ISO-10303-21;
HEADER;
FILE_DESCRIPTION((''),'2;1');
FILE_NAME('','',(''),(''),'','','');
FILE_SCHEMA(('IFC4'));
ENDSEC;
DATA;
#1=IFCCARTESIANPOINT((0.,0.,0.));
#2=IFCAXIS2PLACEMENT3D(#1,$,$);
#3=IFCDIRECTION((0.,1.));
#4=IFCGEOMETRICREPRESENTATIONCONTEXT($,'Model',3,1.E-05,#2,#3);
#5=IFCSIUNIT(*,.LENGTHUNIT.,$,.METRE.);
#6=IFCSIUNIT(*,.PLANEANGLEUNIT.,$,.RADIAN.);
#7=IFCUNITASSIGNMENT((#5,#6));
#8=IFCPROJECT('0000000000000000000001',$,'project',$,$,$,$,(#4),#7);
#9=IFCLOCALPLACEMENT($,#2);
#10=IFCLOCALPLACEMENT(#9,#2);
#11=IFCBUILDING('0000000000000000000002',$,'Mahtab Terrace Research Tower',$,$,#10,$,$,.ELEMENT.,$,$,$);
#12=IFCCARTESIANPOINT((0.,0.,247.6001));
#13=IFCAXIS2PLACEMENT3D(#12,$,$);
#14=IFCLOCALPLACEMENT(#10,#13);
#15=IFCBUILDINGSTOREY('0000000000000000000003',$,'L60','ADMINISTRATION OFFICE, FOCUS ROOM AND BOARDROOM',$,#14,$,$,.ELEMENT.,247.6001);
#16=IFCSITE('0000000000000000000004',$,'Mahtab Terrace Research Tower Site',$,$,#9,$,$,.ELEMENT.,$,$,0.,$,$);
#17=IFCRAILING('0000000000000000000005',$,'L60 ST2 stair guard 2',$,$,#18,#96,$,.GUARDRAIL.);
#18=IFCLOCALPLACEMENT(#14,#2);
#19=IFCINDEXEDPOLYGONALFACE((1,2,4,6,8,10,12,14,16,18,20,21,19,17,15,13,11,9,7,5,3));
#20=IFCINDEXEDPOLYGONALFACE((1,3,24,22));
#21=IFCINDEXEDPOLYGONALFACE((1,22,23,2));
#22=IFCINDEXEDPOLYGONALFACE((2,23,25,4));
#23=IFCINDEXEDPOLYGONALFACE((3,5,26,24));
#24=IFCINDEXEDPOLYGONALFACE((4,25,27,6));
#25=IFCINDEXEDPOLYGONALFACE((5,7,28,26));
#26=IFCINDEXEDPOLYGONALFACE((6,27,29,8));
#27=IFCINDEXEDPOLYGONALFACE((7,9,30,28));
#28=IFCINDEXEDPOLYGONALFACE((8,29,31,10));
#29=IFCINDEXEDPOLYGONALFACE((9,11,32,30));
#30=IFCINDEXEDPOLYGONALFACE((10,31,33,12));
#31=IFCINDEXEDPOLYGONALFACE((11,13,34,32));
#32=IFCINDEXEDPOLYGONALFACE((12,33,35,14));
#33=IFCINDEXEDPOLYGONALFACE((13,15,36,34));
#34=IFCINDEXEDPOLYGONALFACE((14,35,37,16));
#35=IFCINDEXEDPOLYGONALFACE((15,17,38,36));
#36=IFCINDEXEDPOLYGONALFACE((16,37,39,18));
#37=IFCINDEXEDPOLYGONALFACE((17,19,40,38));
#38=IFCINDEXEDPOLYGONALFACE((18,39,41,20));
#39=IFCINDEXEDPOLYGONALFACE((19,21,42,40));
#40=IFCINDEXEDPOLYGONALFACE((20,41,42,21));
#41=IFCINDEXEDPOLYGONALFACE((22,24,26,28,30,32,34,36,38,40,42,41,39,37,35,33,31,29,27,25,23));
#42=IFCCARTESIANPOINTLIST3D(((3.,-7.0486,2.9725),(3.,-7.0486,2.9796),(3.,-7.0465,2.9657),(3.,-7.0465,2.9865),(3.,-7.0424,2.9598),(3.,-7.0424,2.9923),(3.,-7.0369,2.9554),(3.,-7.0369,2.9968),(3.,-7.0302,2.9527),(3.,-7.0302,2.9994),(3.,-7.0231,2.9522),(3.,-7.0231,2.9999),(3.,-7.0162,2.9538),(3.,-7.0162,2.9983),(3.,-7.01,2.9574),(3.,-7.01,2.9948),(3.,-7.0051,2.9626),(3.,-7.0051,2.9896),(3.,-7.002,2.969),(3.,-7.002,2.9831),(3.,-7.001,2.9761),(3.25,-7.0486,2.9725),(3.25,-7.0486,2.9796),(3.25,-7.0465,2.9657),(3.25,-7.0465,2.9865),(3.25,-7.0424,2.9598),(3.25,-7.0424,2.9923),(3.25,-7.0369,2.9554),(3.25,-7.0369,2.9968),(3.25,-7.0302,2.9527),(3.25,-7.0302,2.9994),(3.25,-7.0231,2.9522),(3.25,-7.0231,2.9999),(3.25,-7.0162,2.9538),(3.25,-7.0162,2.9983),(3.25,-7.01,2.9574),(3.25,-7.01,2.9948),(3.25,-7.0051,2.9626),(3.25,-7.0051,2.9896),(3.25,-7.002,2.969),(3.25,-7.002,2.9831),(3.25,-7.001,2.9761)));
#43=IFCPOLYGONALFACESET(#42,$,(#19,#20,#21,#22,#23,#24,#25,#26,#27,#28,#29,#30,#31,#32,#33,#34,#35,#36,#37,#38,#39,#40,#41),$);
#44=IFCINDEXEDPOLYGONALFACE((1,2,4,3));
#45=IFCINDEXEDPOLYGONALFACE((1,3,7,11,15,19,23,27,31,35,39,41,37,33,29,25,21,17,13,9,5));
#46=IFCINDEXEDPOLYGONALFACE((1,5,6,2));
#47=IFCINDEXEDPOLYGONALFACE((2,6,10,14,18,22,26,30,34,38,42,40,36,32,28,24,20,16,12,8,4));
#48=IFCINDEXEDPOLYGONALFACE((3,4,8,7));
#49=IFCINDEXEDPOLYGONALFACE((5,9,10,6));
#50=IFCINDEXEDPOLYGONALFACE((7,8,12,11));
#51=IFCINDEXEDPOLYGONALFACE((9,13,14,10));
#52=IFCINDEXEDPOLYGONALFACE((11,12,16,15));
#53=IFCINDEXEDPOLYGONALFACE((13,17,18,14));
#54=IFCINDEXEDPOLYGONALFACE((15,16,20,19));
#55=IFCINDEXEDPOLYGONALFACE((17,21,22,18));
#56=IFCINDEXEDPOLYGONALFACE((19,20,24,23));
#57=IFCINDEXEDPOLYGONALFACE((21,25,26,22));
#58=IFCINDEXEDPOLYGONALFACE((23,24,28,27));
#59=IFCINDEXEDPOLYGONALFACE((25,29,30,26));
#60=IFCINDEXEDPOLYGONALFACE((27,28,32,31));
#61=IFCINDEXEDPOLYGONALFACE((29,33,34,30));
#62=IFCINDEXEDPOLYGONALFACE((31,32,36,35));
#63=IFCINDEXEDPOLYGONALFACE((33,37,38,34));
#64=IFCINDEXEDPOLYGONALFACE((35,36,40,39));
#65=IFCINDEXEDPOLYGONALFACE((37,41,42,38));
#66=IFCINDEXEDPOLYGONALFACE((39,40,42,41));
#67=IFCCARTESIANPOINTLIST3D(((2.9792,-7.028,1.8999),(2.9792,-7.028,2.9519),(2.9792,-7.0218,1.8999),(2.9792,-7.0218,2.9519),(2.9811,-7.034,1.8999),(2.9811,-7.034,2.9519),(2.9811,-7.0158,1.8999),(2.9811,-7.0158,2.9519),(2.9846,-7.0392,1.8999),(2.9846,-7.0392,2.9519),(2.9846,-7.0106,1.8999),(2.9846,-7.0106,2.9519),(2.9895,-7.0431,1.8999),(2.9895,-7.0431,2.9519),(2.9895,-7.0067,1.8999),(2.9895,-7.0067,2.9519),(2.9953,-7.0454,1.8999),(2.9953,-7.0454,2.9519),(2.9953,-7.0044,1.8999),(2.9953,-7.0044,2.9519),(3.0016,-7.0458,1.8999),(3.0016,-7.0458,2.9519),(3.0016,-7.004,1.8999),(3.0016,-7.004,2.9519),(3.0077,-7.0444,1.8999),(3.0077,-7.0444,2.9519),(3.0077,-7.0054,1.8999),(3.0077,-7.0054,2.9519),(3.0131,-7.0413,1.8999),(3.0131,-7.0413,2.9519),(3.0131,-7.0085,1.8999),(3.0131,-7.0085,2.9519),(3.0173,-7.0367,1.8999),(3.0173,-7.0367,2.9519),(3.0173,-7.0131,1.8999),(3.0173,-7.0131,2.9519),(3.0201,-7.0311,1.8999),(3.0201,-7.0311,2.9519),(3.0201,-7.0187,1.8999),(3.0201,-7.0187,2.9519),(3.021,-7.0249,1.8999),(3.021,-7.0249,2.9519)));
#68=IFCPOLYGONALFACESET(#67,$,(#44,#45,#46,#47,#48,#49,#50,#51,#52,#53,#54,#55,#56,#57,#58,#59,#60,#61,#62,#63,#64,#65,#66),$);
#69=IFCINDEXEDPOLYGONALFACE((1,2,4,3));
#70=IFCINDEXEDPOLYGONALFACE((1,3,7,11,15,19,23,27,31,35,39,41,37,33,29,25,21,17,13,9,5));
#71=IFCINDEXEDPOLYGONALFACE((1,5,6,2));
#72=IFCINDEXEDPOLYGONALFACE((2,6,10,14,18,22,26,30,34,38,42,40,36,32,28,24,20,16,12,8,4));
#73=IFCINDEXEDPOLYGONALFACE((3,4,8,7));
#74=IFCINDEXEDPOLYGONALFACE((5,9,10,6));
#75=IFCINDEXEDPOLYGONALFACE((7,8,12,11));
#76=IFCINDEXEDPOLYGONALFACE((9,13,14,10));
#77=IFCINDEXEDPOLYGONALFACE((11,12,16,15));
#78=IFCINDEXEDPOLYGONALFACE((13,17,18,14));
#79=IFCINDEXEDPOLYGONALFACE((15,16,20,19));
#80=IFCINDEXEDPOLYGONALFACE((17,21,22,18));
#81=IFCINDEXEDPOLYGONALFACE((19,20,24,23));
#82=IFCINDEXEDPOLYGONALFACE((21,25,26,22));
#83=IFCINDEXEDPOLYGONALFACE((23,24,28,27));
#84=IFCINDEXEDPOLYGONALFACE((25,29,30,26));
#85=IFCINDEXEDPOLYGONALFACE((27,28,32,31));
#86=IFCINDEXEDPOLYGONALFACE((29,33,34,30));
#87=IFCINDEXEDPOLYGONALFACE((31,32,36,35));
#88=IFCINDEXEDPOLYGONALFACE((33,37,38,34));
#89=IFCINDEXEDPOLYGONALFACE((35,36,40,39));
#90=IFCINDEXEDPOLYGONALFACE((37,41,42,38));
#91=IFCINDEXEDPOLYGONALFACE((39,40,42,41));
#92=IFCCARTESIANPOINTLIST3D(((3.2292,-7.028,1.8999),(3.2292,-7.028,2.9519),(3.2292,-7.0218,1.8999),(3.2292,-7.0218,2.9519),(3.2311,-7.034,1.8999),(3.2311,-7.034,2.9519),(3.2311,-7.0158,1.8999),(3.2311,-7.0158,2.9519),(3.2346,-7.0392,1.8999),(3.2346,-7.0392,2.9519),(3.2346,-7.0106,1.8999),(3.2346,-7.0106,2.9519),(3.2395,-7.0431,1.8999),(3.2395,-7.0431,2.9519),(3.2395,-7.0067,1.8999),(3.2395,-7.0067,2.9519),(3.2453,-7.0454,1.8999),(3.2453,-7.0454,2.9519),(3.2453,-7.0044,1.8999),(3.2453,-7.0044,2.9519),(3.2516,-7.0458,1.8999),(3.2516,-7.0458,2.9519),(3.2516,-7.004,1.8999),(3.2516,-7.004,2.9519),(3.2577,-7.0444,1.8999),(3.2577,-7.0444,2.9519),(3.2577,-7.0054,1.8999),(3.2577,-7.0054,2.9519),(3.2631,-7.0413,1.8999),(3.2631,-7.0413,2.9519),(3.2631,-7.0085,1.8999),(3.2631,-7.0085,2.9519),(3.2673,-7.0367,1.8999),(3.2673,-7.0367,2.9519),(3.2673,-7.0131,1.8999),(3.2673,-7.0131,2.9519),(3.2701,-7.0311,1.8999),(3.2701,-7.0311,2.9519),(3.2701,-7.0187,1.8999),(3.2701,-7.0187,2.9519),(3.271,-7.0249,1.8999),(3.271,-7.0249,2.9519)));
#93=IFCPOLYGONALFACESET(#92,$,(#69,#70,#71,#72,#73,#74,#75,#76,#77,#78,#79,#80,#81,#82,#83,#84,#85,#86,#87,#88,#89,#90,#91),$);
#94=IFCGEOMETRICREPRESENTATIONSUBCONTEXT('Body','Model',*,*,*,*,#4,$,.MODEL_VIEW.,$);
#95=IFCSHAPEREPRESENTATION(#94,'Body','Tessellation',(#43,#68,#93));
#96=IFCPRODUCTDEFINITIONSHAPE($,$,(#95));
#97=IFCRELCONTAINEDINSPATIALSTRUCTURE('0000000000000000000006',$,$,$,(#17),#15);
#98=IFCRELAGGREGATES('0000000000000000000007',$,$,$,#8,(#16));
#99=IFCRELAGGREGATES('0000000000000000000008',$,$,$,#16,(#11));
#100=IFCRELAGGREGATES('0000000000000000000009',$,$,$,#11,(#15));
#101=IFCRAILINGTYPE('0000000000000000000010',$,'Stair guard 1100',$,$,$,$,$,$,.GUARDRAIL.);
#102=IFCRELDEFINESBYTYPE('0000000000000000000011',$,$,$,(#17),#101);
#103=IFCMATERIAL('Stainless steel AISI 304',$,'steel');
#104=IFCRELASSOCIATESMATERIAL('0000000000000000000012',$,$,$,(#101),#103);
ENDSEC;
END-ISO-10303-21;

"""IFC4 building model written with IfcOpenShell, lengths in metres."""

from ifc_helpers import new_model, si_unit, direction, frame, origin, origin_2d, place, context, subcontext, project, spatial, circle, extrude, material, type_object, element, save


model = new_model("IFC4")

# Units and contexts
model_context = context("Model", 3, precision=1e-05, world=origin(), true_north=direction((0.0, 1.0)))
body_context = subcontext(model_context, "Body", "Model", "MODEL_VIEW")
ifc_project = project(units=[si_unit("LENGTHUNIT", "METRE"), si_unit("PLANEANGLEUNIT", "RADIAN")], contexts=[model_context])

# Site, building, storey
site_placement = place(None, origin())
site = spatial("IfcSite", under=ifc_project, at=site_placement, Name="Mahtab Terrace Research Tower Site", CompositionType="ELEMENT", RefElevation=0.0)
building_placement = place(site_placement, origin())
building = spatial("IfcBuilding", under=site, at=building_placement, Name="Mahtab Terrace Research Tower", CompositionType="ELEMENT")
storey_placement = place(building_placement, frame((0.0, 0.0, 247.6001)))
storey = spatial("IfcBuildingStorey", under=building, at=storey_placement, Name="L60", Description="ADMINISTRATION OFFICE, FOCUS ROOM AND BOARDROOM", CompositionType="ELEMENT", Elevation=247.6001)

# Shared definitions
ifc_material_1 = material(Name="Stainless steel AISI 304", Category="steel")

# Railing
railing_type_1 = type_object("IfcRailingType", Name="Stair guard 1100", PredefinedType="GUARDRAIL", material=ifc_material_1)
railing_1_placement = place(storey_placement, frame((3.0, -7.0249, 1.8999)))
element("IfcRailing", 1, at=railing_1_placement, inside=storey, type_object=railing_type_1, Name="L60 ST2 stair guard 2", PredefinedType="GUARDRAIL", context=body_context, shape_type="SweptSolid", body=[
    extrude(circle(Radius=0.0239, at=origin_2d()), frame((0.0, 0.0, 1.0762), z_axis=(1.0, 0.0, 0.0), x_axis=(0.0, 1.0, 0.0)), (0.0, 0.0, 1.0), 0.25),
    extrude(circle(Radius=0.021, at=origin_2d()), origin(), (0.0, 0.0, 1.0), 1.052),
    extrude(circle(Radius=0.021, at=origin_2d()), frame((0.25, 0.0, 0.0)), (0.0, 0.0, 1.0), 1.052),
])

save(model, "model.ifc")
